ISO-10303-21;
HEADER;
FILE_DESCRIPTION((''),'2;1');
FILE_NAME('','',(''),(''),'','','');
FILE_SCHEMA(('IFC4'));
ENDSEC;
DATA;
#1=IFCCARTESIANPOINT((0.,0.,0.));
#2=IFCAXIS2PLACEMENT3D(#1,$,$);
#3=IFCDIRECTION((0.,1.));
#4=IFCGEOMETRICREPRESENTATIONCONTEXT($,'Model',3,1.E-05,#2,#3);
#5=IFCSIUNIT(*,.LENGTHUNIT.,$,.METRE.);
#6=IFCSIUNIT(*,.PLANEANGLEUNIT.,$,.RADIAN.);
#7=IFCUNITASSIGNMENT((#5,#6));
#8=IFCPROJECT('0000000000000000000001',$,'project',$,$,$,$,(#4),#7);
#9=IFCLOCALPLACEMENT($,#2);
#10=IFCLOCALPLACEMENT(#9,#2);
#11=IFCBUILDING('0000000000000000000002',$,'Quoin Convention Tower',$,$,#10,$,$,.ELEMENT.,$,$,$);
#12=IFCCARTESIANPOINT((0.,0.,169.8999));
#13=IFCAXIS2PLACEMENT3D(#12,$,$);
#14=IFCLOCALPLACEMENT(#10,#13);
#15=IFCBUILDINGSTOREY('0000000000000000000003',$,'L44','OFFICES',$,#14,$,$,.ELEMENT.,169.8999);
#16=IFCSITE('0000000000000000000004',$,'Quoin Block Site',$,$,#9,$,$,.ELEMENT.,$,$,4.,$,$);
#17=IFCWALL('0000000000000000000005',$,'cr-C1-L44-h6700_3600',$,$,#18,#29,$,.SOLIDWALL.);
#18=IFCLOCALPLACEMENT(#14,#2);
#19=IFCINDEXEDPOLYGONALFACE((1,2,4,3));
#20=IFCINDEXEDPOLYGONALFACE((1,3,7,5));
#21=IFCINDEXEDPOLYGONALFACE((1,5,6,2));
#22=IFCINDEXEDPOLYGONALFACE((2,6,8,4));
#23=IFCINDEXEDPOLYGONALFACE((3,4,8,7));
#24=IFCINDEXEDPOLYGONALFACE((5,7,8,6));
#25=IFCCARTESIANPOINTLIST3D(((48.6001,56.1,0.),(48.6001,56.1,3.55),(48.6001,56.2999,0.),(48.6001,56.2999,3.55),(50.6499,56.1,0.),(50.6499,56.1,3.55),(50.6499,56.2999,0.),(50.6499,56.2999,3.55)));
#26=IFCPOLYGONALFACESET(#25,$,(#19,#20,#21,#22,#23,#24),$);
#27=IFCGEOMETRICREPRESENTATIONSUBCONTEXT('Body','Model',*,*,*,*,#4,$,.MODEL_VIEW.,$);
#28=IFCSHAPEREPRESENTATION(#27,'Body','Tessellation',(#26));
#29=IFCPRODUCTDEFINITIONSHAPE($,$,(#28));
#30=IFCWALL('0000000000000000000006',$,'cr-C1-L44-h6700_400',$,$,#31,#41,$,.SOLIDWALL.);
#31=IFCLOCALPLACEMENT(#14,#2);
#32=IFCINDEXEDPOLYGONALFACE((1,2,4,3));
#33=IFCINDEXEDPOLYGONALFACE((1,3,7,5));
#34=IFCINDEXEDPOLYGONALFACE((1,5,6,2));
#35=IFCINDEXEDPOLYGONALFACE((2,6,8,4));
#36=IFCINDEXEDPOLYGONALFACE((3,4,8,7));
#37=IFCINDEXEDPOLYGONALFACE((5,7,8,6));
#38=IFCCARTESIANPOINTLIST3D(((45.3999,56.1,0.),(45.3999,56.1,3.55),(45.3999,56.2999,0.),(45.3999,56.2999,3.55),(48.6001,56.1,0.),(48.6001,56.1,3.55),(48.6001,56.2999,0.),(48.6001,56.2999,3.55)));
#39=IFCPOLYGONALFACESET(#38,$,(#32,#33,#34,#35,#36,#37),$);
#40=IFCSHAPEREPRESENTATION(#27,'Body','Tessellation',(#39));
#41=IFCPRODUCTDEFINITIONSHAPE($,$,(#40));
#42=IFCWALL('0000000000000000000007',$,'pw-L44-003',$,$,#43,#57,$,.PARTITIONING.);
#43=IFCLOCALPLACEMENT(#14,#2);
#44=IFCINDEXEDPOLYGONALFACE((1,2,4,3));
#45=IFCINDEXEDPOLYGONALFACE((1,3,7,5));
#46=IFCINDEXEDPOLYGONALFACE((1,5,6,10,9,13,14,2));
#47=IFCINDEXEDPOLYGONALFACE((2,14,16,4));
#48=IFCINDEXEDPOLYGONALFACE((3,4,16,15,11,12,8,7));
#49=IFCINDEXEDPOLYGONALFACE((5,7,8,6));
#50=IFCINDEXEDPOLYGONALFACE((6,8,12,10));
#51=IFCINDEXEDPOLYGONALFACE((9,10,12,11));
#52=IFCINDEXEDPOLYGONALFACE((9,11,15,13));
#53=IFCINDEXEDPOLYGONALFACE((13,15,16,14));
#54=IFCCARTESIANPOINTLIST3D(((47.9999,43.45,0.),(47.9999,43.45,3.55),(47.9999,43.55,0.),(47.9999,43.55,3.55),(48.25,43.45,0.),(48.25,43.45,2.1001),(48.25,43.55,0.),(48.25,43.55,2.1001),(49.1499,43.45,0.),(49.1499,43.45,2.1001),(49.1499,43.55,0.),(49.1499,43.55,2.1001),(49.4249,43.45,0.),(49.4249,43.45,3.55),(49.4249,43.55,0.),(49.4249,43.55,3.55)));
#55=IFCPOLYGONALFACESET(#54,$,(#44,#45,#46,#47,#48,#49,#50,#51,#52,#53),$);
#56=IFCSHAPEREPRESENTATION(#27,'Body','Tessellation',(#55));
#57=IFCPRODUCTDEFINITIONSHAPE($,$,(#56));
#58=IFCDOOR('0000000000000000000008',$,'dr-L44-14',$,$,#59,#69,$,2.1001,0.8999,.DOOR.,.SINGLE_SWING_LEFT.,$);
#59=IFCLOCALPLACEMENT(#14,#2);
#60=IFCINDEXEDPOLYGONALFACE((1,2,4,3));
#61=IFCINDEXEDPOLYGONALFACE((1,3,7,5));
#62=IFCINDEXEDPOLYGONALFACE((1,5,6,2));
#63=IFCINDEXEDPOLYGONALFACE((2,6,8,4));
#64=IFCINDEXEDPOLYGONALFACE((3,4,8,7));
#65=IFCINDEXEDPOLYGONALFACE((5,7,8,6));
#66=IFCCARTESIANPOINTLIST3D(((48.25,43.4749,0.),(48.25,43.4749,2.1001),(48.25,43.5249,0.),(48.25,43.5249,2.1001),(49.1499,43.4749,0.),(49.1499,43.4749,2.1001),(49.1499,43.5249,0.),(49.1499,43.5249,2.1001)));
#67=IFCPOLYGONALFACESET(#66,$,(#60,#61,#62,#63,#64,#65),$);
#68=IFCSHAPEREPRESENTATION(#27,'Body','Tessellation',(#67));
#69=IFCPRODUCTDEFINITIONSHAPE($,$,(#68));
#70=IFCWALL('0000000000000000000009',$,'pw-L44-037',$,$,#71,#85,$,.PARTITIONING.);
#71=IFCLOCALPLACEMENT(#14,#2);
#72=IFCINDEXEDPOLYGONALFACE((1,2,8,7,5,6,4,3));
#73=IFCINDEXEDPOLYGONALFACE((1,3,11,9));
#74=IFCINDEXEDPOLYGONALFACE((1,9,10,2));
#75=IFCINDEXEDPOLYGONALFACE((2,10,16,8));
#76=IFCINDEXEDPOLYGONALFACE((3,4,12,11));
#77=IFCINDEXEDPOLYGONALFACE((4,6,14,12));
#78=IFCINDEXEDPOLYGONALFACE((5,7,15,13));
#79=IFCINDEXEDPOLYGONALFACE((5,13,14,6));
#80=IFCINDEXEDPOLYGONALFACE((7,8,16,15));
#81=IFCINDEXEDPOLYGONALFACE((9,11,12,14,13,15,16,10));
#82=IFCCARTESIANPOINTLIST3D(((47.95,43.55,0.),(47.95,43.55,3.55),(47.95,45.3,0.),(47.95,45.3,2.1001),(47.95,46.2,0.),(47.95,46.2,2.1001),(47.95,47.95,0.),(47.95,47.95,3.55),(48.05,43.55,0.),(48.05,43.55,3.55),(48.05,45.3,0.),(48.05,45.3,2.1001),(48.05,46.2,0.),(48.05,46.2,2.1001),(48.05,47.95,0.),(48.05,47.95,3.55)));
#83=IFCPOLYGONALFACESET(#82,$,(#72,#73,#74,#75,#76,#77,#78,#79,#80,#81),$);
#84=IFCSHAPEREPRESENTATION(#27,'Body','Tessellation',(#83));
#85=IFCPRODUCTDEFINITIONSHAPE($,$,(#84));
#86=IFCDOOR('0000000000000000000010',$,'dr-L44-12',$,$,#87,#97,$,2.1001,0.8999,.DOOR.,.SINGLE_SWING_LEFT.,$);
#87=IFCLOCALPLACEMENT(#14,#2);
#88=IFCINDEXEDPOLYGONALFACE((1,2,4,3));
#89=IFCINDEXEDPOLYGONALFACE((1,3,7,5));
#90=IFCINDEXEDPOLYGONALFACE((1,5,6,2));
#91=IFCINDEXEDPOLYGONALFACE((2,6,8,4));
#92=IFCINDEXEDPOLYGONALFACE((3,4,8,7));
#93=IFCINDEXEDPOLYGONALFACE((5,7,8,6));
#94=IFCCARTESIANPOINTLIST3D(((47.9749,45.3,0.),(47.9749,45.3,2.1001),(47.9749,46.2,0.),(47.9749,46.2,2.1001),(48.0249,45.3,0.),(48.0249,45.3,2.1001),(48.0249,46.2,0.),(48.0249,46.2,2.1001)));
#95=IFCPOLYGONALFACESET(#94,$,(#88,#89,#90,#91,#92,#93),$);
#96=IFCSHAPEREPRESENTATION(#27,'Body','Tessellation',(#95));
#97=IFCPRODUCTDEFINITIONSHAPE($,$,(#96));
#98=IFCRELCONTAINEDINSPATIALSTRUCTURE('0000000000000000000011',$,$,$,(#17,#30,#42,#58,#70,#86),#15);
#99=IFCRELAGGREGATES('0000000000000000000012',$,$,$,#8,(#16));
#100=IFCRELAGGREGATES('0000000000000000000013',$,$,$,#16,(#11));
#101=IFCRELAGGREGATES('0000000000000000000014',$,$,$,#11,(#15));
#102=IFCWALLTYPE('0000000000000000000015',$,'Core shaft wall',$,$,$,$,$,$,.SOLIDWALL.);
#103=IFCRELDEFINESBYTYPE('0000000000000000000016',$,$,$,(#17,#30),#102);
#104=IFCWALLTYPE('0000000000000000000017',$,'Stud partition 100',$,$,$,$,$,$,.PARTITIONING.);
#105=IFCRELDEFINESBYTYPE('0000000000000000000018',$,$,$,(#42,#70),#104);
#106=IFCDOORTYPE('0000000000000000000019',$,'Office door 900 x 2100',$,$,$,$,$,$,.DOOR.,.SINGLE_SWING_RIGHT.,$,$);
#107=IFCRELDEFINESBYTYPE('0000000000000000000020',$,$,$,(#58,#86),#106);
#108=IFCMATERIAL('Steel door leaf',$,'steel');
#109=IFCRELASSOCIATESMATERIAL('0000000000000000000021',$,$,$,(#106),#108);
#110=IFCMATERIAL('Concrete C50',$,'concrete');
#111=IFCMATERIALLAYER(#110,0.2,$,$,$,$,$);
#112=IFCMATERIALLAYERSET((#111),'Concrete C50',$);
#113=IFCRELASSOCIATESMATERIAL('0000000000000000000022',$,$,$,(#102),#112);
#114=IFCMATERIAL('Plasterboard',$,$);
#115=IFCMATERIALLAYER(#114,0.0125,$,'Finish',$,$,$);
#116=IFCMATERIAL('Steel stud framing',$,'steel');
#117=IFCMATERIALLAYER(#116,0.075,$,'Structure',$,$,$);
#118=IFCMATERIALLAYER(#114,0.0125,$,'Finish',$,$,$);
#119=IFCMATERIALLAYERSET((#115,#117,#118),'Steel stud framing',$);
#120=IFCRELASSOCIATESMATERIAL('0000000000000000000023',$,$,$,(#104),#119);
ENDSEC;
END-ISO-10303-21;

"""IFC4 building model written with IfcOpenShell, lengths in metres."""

from ifc_helpers import new_model, si_unit, direction, frame, frame_2d, origin, place, context, subcontext, project, spatial, rectangle, extrude, material, layer, layer_set, type_object, element, fill, save


model = new_model("IFC4")

# Units and contexts
model_context = context("Model", 3, precision=1e-05, world=origin(), true_north=direction((0.0, 1.0)))
body_context = subcontext(model_context, "Body", "Model", "MODEL_VIEW")
ifc_project = project(units=[si_unit("LENGTHUNIT", "METRE"), si_unit("PLANEANGLEUNIT", "RADIAN")], contexts=[model_context])

# Site, building, storey
site_placement = place(None, origin())
site = spatial("IfcSite", under=ifc_project, at=site_placement, Name="Quoin Block Site", CompositionType="ELEMENT", RefElevation=4.0)
building_placement = place(site_placement, origin())
building = spatial("IfcBuilding", under=site, at=building_placement, Name="Quoin Convention Tower", CompositionType="ELEMENT")
storey_placement = place(building_placement, frame((0.0, 0.0, 169.8999)))
storey = spatial("IfcBuildingStorey", under=building, at=storey_placement, Name="L44", Description="OFFICES", CompositionType="ELEMENT", Elevation=169.8999)

# Shared definitions
ifc_material_1 = material(Name="Concrete C50", Category="concrete")

# Shared definitions
ifc_material_2 = material(Name="Plasterboard")
ifc_material_3 = material(Name="Steel stud framing", Category="steel")

# Shared definitions
ifc_material_4 = material(Name="Steel door leaf", Category="steel")
door_type_1 = type_object("IfcDoorType", Name="Office door 900 x 2100", OperationType="SINGLE_SWING_RIGHT", PredefinedType="DOOR", material=ifc_material_4)

# Walls
ifc_layer_1 = layer(ifc_material_1, 0.2)
ifc_layer_set_1 = layer_set([ifc_layer_1], Name="Concrete C50")
wall_type_1 = type_object("IfcWallType", Name="Core shaft wall", PredefinedType="SOLIDWALL", material=ifc_layer_set_1)
wall_1_placement = place(storey_placement, frame((48.6001, 56.2, 0.0), z_axis=(0.0, 0.0, 1.0), x_axis=(1.0, 0.0, 0.0)))
element("IfcWall", 1, at=wall_1_placement, inside=storey, type_object=wall_type_1, Name="cr-C1-L44-h6700_3600", PredefinedType="SOLIDWALL", context=body_context, shape_type="SweptSolid", body=[
    extrude(rectangle(XDim=2.0498, YDim=0.2, at=frame_2d((1.0249, 0.0))), origin(), (0.0, 0.0, 1.0), 3.55),
])
wall_2_placement = place(storey_placement, frame((45.3999, 56.2, 0.0), z_axis=(0.0, 0.0, 1.0), x_axis=(1.0, 0.0, 0.0)))
element("IfcWall", 2, at=wall_2_placement, inside=storey, type_object=wall_type_1, Name="cr-C1-L44-h6700_400", PredefinedType="SOLIDWALL", context=body_context, shape_type="SweptSolid", body=[
    extrude(rectangle(XDim=3.2002, YDim=0.2, at=frame_2d((1.6001, 0.0))), origin(), (0.0, 0.0, 1.0), 3.55),
])

# Walls, openings, doors
ifc_layer_2 = layer(ifc_material_2, 0.0125, Name="Finish")
ifc_layer_3 = layer(ifc_material_3, 0.075, Name="Structure")
ifc_layer_4 = layer(ifc_material_2, 0.0125, Name="Finish")
ifc_layer_set_2 = layer_set([ifc_layer_2, ifc_layer_3, ifc_layer_4], Name="Steel stud framing")
wall_type_2 = type_object("IfcWallType", Name="Stud partition 100", PredefinedType="PARTITIONING", material=ifc_layer_set_2)
wall_3_placement = place(storey_placement, frame((48.0, 43.5, 0.0), z_axis=(0.0, 0.0, 1.0), x_axis=(1.0, 0.0, 0.0)))
wall_3 = element("IfcWall", 3, at=wall_3_placement, inside=storey, type_object=wall_type_2, Name="pw-L44-003", PredefinedType="PARTITIONING", context=body_context, shape_type="SweptSolid", body=[
    extrude(rectangle(XDim=1.425, YDim=0.1001, at=frame_2d((0.7124, 0.0))), origin(), (0.0, 0.0, 1.0), 3.55),
])
opening_1_placement = place(wall_3_placement, frame((0.25, 0.0, 0.0)))
opening_1 = element("IfcOpeningElement", 4, at=opening_1_placement, cuts=wall_3, PredefinedType="OPENING", context=body_context, shape_type="SweptSolid", body=[
    extrude(rectangle(XDim=0.8999, YDim=2.1001, at=frame_2d((0.45, 1.05))), frame((0.0, 0.0601, 0.0), z_axis=(0.0, -1.0, 0.0), x_axis=(1.0, 0.0, 0.0)), (0.0, 0.0, 1.0), 0.1201),
])
door_1_placement = place(opening_1_placement, origin())
door_1 = element("IfcDoor", 5, at=door_1_placement, inside=storey, type_object=door_type_1, Name="dr-L44-14", OperationType="SINGLE_SWING_LEFT", OverallHeight=2.1001, OverallWidth=0.8999, PredefinedType="DOOR", context=body_context, shape_type="SweptSolid", body=[
    extrude(rectangle(XDim=0.8999, YDim=2.1001, at=frame_2d((0.45, 1.05))), frame((0.0, 0.0249, 0.0), z_axis=(0.0, -1.0, 0.0), x_axis=(1.0, 0.0, 0.0)), (0.0, 0.0, 1.0), 0.05),
])
fill(opening_1, door_1)
wall_4_placement = place(storey_placement, frame((48.0, 43.55, 0.0), z_axis=(0.0, 0.0, 1.0), x_axis=(0.0, 1.0, 0.0)))
wall_4 = element("IfcWall", 6, at=wall_4_placement, inside=storey, type_object=wall_type_2, Name="pw-L44-037", PredefinedType="PARTITIONING", context=body_context, shape_type="SweptSolid", body=[
    extrude(rectangle(XDim=4.3999, YDim=0.1001, at=frame_2d((2.2, 0.0))), origin(), (0.0, 0.0, 1.0), 3.55),
])
opening_2_placement = place(wall_4_placement, frame((1.75, 0.0, 0.0)))
opening_2 = element("IfcOpeningElement", 7, at=opening_2_placement, cuts=wall_4, PredefinedType="OPENING", context=body_context, shape_type="SweptSolid", body=[
    extrude(rectangle(XDim=0.8999, YDim=2.1001, at=frame_2d((0.45, 1.05))), frame((0.0, 0.0601, 0.0), z_axis=(0.0, -1.0, 0.0), x_axis=(1.0, 0.0, 0.0)), (0.0, 0.0, 1.0), 0.1201),
])
door_2_placement = place(opening_2_placement, frame((0.8999, 0.0, 0.0), z_axis=(0.0, 0.0, 1.0), x_axis=(-1.0, 0.0, 0.0)))
door_2 = element("IfcDoor", 8, at=door_2_placement, inside=storey, type_object=door_type_1, Name="dr-L44-12", OperationType="SINGLE_SWING_LEFT", OverallHeight=2.1001, OverallWidth=0.8999, PredefinedType="DOOR", context=body_context, shape_type="SweptSolid", body=[
    extrude(rectangle(XDim=0.8999, YDim=2.1001, at=frame_2d((0.45, 1.05))), frame((0.0, 0.0249, 0.0), z_axis=(0.0, -1.0, 0.0), x_axis=(1.0, 0.0, 0.0)), (0.0, 0.0, 1.0), 0.05),
])
fill(opening_2, door_2)

save(model, "model.ifc")
